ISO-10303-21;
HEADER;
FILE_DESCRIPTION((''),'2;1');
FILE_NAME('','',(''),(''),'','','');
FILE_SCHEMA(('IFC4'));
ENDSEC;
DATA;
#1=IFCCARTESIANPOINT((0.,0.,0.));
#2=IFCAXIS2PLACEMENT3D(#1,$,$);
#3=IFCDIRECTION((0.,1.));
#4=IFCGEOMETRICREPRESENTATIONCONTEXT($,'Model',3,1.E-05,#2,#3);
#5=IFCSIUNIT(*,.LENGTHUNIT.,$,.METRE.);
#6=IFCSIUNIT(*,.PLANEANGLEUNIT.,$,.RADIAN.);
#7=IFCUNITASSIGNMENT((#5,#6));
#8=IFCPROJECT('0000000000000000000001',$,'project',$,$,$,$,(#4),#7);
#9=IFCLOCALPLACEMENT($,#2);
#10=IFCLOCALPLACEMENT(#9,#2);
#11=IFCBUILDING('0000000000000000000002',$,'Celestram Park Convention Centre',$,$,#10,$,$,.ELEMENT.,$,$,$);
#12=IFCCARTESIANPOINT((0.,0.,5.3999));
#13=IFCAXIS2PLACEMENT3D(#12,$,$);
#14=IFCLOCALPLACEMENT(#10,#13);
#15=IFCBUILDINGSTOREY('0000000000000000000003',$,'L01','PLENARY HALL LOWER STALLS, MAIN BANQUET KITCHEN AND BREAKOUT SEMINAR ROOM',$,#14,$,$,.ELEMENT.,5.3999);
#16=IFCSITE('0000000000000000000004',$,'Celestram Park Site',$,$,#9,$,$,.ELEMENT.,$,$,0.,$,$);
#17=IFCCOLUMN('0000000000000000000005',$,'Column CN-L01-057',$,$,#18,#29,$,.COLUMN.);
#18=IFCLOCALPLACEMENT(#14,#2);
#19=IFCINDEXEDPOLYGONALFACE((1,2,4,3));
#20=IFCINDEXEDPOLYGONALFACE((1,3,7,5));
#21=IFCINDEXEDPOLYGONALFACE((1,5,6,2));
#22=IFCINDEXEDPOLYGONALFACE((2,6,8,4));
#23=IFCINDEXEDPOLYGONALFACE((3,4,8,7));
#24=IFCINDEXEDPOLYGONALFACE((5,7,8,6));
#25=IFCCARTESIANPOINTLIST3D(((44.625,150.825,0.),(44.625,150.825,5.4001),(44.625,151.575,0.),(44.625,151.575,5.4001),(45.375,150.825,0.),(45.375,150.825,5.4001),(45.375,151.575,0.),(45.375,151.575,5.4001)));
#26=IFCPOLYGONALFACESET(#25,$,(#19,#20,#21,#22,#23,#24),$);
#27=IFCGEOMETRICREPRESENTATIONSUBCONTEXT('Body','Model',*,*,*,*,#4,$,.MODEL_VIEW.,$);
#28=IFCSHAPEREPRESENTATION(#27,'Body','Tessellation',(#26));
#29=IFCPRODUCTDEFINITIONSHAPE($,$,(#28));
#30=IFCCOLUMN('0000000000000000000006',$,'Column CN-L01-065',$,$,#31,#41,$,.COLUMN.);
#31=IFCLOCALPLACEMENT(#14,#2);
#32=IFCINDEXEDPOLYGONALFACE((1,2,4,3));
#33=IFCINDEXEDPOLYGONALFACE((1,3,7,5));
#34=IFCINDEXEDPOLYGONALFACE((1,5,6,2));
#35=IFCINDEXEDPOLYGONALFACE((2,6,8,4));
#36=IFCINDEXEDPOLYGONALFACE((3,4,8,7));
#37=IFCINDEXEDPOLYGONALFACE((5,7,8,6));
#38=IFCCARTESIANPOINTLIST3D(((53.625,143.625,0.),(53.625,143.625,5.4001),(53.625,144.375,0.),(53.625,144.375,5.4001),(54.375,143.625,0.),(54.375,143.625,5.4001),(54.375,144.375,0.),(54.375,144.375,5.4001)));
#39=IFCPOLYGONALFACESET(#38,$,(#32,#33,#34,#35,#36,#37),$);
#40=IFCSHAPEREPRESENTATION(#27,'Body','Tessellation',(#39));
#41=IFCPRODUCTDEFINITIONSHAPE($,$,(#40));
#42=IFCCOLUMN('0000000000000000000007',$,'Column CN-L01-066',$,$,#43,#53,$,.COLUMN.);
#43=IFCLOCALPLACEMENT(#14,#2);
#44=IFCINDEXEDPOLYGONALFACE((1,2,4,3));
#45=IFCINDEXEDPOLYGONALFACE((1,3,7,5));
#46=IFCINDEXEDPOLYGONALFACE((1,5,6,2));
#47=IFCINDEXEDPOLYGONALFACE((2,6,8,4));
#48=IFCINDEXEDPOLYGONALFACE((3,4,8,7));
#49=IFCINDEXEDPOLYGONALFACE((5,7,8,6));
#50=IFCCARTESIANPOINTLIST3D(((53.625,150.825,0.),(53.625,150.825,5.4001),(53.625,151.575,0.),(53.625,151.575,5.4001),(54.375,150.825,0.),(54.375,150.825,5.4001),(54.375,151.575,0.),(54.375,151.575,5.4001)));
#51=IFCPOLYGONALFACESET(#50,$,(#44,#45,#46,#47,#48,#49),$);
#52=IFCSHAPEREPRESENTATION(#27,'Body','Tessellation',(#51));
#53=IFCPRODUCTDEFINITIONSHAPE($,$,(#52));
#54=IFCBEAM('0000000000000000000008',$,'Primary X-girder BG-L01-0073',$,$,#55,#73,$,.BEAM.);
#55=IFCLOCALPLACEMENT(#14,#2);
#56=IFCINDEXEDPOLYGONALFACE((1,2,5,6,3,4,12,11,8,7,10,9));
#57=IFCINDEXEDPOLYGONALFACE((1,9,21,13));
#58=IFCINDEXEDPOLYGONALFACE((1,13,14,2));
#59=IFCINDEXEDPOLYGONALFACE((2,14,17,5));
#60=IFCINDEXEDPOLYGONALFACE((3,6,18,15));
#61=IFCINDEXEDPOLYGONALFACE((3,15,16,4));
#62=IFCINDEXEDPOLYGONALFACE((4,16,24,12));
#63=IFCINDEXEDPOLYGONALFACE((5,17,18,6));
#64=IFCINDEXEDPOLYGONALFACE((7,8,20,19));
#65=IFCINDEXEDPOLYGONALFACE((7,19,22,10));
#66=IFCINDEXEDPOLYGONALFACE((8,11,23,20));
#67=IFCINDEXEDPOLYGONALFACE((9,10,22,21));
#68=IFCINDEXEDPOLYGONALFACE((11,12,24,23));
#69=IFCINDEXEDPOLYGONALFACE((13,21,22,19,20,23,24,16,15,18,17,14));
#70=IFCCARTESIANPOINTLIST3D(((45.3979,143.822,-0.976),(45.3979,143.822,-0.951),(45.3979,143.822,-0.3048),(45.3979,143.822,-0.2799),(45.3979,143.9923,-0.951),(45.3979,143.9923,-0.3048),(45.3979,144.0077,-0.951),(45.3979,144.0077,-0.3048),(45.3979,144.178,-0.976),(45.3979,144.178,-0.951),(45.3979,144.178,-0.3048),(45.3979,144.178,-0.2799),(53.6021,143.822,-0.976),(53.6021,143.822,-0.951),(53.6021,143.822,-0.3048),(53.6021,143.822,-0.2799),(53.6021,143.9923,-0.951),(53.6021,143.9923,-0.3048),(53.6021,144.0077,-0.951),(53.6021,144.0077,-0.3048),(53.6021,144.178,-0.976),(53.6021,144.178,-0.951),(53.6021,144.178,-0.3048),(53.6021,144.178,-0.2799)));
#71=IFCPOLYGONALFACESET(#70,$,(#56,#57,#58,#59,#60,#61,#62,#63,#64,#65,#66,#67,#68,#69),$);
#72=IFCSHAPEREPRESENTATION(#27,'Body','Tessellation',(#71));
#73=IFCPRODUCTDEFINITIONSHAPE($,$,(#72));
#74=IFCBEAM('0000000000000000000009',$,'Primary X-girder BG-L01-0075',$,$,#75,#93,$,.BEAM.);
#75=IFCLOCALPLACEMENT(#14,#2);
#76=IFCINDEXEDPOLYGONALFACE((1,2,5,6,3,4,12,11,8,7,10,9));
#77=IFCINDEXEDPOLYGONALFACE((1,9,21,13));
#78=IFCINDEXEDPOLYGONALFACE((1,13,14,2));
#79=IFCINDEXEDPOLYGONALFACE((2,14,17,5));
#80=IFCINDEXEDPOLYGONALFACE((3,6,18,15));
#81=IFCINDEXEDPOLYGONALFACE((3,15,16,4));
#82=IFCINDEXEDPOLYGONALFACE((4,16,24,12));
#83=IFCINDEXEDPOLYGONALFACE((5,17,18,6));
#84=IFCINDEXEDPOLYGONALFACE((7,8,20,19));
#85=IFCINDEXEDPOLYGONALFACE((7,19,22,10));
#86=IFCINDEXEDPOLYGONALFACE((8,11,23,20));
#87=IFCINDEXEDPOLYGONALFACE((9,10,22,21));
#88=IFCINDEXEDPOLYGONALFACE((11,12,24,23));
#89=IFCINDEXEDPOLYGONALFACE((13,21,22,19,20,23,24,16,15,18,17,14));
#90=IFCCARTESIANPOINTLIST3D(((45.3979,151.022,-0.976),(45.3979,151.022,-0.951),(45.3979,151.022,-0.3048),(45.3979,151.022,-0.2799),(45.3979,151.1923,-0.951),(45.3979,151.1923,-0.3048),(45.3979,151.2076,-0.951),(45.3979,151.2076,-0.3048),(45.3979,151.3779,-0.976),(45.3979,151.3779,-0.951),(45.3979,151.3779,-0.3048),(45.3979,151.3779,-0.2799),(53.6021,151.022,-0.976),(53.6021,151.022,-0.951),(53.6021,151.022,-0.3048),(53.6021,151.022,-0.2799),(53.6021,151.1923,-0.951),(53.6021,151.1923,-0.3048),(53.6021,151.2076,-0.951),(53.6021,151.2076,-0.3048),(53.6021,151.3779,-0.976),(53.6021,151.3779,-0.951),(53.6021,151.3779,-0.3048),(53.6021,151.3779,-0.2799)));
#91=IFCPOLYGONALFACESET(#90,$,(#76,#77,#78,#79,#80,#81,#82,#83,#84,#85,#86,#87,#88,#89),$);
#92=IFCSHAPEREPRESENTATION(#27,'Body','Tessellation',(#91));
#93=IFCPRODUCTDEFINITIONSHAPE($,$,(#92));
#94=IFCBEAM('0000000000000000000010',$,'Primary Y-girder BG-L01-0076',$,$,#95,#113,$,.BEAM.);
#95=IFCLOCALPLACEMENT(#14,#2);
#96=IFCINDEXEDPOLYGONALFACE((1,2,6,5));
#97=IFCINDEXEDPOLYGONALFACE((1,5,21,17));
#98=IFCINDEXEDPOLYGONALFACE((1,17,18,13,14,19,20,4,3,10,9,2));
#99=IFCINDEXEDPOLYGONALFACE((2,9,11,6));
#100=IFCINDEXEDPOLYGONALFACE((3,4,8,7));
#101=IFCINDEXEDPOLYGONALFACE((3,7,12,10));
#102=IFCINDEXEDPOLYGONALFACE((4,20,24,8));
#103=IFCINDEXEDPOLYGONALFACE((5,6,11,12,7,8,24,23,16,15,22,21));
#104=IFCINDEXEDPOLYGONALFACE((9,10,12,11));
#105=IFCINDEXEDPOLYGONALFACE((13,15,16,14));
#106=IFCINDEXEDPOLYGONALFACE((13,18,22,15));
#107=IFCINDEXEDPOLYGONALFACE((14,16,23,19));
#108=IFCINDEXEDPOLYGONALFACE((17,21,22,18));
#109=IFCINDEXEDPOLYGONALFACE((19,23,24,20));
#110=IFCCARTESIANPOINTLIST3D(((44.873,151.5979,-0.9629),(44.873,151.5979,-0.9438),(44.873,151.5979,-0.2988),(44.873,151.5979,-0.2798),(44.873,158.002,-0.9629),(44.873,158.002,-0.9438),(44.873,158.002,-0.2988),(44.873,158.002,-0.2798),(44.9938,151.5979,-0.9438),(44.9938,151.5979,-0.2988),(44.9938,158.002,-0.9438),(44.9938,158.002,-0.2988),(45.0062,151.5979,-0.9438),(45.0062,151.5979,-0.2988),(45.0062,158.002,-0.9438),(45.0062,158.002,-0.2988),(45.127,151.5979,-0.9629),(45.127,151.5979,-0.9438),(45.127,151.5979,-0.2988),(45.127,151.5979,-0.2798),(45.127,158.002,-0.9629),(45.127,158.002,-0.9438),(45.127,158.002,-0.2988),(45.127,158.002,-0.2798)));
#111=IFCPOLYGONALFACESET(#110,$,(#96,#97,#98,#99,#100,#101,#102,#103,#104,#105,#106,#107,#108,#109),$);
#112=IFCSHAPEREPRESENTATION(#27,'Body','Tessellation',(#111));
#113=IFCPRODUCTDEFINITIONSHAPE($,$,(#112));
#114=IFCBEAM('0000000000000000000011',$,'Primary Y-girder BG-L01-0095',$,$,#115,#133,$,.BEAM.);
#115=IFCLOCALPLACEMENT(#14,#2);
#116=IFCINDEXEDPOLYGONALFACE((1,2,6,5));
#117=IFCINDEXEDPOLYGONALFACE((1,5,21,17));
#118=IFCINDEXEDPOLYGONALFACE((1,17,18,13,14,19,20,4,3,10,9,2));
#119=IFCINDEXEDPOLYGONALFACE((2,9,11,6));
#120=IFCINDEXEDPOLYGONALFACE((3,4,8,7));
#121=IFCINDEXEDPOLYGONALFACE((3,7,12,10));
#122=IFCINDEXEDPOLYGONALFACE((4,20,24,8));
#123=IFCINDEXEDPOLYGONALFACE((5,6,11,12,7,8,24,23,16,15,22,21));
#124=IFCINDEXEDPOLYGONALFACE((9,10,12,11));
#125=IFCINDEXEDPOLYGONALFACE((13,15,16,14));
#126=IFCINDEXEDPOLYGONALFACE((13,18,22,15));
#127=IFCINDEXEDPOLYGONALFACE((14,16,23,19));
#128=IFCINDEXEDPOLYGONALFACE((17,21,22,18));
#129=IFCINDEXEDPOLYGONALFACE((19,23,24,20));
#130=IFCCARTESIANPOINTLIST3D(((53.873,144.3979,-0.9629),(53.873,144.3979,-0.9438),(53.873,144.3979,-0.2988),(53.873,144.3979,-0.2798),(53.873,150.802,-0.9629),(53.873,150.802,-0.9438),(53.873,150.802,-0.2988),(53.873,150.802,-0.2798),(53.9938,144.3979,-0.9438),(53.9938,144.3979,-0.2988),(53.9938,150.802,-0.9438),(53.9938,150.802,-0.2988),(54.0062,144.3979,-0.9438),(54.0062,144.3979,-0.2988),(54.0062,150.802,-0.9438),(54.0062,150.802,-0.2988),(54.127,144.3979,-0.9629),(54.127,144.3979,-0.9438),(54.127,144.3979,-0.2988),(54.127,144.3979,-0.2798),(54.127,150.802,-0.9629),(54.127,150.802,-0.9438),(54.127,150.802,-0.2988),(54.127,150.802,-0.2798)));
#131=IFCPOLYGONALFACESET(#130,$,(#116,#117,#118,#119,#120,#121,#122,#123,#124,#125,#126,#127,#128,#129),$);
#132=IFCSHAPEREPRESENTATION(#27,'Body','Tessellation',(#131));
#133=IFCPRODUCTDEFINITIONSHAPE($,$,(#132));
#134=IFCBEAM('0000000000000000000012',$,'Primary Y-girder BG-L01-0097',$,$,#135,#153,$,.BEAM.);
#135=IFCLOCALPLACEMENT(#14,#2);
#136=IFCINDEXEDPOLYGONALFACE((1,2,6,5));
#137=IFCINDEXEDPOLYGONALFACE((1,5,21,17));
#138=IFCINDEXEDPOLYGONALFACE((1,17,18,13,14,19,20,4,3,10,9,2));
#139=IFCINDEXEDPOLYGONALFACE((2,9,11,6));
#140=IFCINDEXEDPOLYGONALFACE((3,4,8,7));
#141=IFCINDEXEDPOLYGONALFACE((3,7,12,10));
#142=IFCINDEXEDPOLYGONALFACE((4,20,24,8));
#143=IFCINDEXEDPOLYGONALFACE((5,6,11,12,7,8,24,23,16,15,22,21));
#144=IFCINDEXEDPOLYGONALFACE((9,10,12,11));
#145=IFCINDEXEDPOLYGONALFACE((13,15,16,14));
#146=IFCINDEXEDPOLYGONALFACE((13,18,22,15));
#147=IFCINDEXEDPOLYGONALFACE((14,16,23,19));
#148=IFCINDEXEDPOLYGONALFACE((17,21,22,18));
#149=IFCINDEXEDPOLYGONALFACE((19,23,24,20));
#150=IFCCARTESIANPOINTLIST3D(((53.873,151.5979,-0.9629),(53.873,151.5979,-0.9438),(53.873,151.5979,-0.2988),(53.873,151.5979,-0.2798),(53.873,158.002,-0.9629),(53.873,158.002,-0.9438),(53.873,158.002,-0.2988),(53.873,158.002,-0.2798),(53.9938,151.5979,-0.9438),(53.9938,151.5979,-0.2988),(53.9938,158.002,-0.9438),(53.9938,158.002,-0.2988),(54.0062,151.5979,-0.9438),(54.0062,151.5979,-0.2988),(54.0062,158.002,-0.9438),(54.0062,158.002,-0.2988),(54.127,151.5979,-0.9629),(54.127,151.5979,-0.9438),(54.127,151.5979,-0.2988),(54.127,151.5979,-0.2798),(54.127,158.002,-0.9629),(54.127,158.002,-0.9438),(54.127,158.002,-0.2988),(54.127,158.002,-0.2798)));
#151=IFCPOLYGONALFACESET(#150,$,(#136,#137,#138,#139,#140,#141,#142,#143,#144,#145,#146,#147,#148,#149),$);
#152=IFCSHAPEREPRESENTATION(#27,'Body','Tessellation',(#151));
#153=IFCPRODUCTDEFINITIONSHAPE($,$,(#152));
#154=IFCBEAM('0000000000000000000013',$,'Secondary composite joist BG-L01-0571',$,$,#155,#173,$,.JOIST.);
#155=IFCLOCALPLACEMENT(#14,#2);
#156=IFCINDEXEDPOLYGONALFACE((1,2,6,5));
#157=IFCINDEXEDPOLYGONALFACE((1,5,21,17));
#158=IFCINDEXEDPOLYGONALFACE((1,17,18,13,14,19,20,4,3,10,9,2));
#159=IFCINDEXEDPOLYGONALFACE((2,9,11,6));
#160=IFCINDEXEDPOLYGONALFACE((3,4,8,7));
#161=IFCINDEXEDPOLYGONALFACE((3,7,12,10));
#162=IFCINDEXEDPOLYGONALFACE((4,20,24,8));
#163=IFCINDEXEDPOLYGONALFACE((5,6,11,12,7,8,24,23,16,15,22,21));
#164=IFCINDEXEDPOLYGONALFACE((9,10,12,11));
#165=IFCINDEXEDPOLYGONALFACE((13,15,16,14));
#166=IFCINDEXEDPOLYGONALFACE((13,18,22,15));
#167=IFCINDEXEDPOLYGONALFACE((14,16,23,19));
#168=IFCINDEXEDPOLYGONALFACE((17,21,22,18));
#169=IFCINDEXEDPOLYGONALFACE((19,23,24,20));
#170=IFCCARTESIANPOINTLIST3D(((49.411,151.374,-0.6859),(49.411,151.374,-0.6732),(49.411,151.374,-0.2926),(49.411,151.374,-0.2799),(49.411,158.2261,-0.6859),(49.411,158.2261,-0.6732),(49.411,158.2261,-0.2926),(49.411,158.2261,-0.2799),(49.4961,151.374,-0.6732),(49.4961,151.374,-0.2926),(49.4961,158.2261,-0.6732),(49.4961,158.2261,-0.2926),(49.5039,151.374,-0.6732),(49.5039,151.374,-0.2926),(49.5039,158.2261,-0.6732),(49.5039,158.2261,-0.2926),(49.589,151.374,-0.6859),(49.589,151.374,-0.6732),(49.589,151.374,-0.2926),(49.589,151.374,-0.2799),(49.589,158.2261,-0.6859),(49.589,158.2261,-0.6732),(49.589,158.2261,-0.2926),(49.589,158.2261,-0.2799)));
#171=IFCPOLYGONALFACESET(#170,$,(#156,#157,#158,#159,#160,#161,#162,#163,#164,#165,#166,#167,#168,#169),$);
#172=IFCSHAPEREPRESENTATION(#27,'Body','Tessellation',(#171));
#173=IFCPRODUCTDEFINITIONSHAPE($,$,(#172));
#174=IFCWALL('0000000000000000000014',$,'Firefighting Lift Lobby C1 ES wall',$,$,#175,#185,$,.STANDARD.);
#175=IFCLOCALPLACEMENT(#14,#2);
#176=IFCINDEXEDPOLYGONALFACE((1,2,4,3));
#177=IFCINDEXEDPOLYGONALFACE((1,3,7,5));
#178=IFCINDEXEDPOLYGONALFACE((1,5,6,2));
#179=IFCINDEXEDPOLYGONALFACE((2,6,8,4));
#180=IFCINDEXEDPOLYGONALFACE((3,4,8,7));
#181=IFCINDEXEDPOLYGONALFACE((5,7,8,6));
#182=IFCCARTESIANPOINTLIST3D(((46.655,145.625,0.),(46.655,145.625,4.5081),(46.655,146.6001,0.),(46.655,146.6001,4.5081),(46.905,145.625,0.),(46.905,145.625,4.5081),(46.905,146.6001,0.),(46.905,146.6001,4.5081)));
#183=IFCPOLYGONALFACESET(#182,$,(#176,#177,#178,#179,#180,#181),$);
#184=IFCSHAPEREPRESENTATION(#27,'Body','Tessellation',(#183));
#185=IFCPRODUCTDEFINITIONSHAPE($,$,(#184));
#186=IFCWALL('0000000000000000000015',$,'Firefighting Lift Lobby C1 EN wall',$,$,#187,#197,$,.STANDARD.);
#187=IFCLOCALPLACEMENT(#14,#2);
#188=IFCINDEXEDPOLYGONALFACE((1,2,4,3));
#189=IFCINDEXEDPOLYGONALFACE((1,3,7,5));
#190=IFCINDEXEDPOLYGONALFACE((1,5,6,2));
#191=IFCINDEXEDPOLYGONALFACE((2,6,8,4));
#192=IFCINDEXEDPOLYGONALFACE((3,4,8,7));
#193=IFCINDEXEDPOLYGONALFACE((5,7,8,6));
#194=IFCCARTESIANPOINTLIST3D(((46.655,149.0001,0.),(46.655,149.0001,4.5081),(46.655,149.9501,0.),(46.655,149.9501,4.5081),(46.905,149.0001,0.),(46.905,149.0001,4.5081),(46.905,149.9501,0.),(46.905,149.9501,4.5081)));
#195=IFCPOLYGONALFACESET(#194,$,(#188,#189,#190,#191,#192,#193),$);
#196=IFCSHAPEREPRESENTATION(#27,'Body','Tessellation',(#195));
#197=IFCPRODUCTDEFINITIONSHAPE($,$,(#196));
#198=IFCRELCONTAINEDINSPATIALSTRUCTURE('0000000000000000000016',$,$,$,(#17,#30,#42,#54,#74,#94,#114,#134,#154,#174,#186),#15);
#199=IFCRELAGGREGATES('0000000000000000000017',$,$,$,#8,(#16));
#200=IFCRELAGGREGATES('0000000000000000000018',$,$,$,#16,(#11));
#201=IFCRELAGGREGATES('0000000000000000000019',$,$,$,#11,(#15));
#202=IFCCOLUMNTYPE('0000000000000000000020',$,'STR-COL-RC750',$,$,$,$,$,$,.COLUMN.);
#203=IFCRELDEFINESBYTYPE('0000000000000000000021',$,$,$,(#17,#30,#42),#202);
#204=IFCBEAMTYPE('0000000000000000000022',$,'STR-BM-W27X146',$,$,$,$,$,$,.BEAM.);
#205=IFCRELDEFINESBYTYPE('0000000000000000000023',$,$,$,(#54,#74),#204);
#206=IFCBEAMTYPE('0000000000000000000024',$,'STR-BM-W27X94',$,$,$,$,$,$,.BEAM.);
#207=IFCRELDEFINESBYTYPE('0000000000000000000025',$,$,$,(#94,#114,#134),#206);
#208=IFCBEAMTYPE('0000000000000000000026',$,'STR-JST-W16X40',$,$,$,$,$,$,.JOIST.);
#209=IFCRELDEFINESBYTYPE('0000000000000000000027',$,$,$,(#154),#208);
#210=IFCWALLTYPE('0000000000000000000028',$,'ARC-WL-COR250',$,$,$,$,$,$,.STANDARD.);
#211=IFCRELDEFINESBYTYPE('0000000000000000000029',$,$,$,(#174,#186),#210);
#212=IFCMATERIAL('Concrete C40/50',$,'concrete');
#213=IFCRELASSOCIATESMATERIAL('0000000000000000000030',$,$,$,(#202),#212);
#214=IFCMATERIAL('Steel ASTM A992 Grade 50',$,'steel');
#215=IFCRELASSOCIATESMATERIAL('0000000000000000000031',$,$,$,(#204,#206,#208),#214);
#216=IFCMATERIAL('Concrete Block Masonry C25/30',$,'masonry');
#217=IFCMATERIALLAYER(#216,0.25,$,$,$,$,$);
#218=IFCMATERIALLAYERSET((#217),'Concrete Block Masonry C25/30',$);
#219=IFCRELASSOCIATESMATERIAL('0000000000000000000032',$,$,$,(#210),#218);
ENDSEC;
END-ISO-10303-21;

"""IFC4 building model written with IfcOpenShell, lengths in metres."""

from ifc_helpers import new_model, si_unit, direction, frame, frame_2d, origin, origin_2d, place, context, subcontext, project, spatial, rectangle, i_section, extrude, material, layer, layer_set, material_profile, profile_set, type_object, element, save


model = new_model("IFC4")

# Units and contexts
model_context = context("Model", 3, precision=1e-05, world=origin(), true_north=direction((0.0, 1.0)))
body_context = subcontext(model_context, "Body", "Model", "MODEL_VIEW")
ifc_project = project(units=[si_unit("LENGTHUNIT", "METRE"), si_unit("PLANEANGLEUNIT", "RADIAN")], contexts=[model_context])

# Site, building, storey
site_placement = place(None, origin())
site = spatial("IfcSite", under=ifc_project, at=site_placement, Name="Celestram Park Site", CompositionType="ELEMENT", RefElevation=0.0)
building_placement = place(site_placement, origin())
building = spatial("IfcBuilding", under=site, at=building_placement, Name="Celestram Park Convention Centre", CompositionType="ELEMENT")
storey_placement = place(building_placement, frame((0.0, 0.0, 5.3999)))
storey = spatial("IfcBuildingStorey", under=building, at=storey_placement, Name="L01", Description="PLENARY HALL LOWER STALLS, MAIN BANQUET KITCHEN AND BREAKOUT SEMINAR ROOM", CompositionType="ELEMENT", Elevation=5.3999)

# Columns
ifc_material_1 = material(Name="Concrete C40/50", Category="concrete")
ifc_material_profile_1 = material_profile(ifc_material_1, rectangle(XDim=0.75, YDim=0.75, at=origin_2d()), Name="RC750X750")
ifc_profile_set_1 = profile_set([ifc_material_profile_1], Name="Concrete C40/50")
column_type = type_object("IfcColumnType", Name="STR-COL-RC750", PredefinedType="COLUMN", material=ifc_profile_set_1)
for number, where, z_axis, x_axis, name in (
    (1, (45.0, 151.2, 0.0), (0.0, 0.0, 1.0), (1.0, 0.0, 0.0), "Column CN-L01-057"),
    (2, (54.0, 144.0, 0.0), (0.0, 0.0, 1.0), (1.0, 0.0, 0.0), "Column CN-L01-065"),
    (3, (54.0, 151.2, 0.0), (0.0, 0.0, 1.0), (1.0, 0.0, 0.0), "Column CN-L01-066"),
):
    element("IfcColumn", number, at=place(storey_placement, frame(where, z_axis=z_axis, x_axis=x_axis)), inside=storey, type_object=column_type, Name=name, PredefinedType="COLUMN", context=body_context, shape_type="SweptSolid", body=[
        extrude(rectangle(XDim=0.75, YDim=0.75, at=origin_2d()), origin(), (0.0, 0.0, 1.0), 5.4001),
    ])

# Beams
ifc_material_2 = material(Name="Steel ASTM A992 Grade 50", Category="steel")
ifc_material_profile_2 = material_profile(ifc_material_2, i_section(OverallWidth=0.356, OverallDepth=0.696, WebThickness=0.0154, FlangeThickness=0.0249, at=origin_2d()), Name="W27X146")
ifc_profile_set_2 = profile_set([ifc_material_profile_2], Name="Steel ASTM A992 Grade 50")
beam_type_1 = type_object("IfcBeamType", Name="STR-BM-W27X146", PredefinedType="BEAM", material=ifc_profile_set_2)
for number, where, z_axis, x_axis, name in (
    (4, (45.3979, 144.0, -0.6279), (1.0, 0.0, 0.0), (0.0, 1.0, 0.0), "Primary X-girder BG-L01-0073"),
    (5, (45.3979, 151.2, -0.6279), (1.0, 0.0, 0.0), (0.0, 1.0, 0.0), "Primary X-girder BG-L01-0075"),
):
    element("IfcBeam", number, at=place(storey_placement, frame(where, z_axis=z_axis, x_axis=x_axis)), inside=storey, type_object=beam_type_1, Name=name, PredefinedType="BEAM", context=body_context, shape_type="SweptSolid", body=[
        extrude(i_section(OverallWidth=0.356, OverallDepth=0.696, WebThickness=0.0154, FlangeThickness=0.0249, at=origin_2d()), origin(), (0.0, 0.0, 1.0), 8.2041),
    ])
ifc_material_profile_3 = material_profile(ifc_material_2, i_section(OverallWidth=0.2539, OverallDepth=0.6831, WebThickness=0.0125, FlangeThickness=0.019, at=origin_2d()), Name="W27X94")
ifc_profile_set_3 = profile_set([ifc_material_profile_3], Name="Steel ASTM A992 Grade 50")
beam_type_2 = type_object("IfcBeamType", Name="STR-BM-W27X94", PredefinedType="BEAM", material=ifc_profile_set_3)
for number, where, z_axis, x_axis, name in (
    (6, (45.0, 151.5979, -0.6213), (0.0, 1.0, 0.0), (-1.0, 0.0, 0.0), "Primary Y-girder BG-L01-0076"),
    (7, (54.0, 144.3979, -0.6213), (0.0, 1.0, 0.0), (-1.0, 0.0, 0.0), "Primary Y-girder BG-L01-0095"),
    (8, (54.0, 151.5979, -0.6213), (0.0, 1.0, 0.0), (-1.0, 0.0, 0.0), "Primary Y-girder BG-L01-0097"),
):
    element("IfcBeam", number, at=place(storey_placement, frame(where, z_axis=z_axis, x_axis=x_axis)), inside=storey, type_object=beam_type_2, Name=name, PredefinedType="BEAM", context=body_context, shape_type="SweptSolid", body=[
        extrude(i_section(OverallWidth=0.2539, OverallDepth=0.6831, WebThickness=0.0125, FlangeThickness=0.019, at=origin_2d()), origin(), (0.0, 0.0, 1.0), 6.4041),
    ])
ifc_material_profile_4 = material_profile(ifc_material_2, i_section(OverallWidth=0.178, OverallDepth=0.406, WebThickness=0.0078, FlangeThickness=0.0127, at=origin_2d()), Name="W16X40")
ifc_profile_set_4 = profile_set([ifc_material_profile_4], Name="Steel ASTM A992 Grade 50")
beam_type_3 = type_object("IfcBeamType", Name="STR-JST-W16X40", PredefinedType="JOIST", material=ifc_profile_set_4)
beam_placement = place(storey_placement, frame((49.5, 151.374, -0.4829), z_axis=(0.0, 1.0, 0.0), x_axis=(-1.0, 0.0, 0.0)))
element("IfcBeam", 9, at=beam_placement, inside=storey, type_object=beam_type_3, Name="Secondary composite joist BG-L01-0571", PredefinedType="JOIST", context=body_context, shape_type="SweptSolid", body=[
    extrude(i_section(OverallWidth=0.178, OverallDepth=0.406, WebThickness=0.0078, FlangeThickness=0.0127, at=origin_2d()), origin(), (0.0, 0.0, 1.0), 6.8521),
])

# Walls
ifc_material_3 = material(Name="Concrete Block Masonry C25/30", Category="masonry")
ifc_layer_1 = layer(ifc_material_3, 0.25)
ifc_layer_set_1 = layer_set([ifc_layer_1], Name="Concrete Block Masonry C25/30")
wall_type_1 = type_object("IfcWallType", Name="ARC-WL-COR250", PredefinedType="STANDARD", material=ifc_layer_set_1)
wall_1_placement = place(storey_placement, frame((46.78, 145.625, 0.0), z_axis=(0.0, 0.0, 1.0), x_axis=(0.0, 1.0, 0.0)))
element("IfcWall", 10, at=wall_1_placement, inside=storey, type_object=wall_type_1, Name="Firefighting Lift Lobby C1 ES wall", PredefinedType="STANDARD", context=body_context, shape_type="SweptSolid", body=[
    extrude(rectangle(XDim=0.9751, YDim=0.25, at=frame_2d((0.4875, 0.0))), origin(), (0.0, 0.0, 1.0), 4.5081),
])
wall_2_placement = place(storey_placement, frame((46.78, 149.0, 0.0), z_axis=(0.0, 0.0, 1.0), x_axis=(0.0, 1.0, 0.0)))
element("IfcWall", 11, at=wall_2_placement, inside=storey, type_object=wall_type_1, Name="Firefighting Lift Lobby C1 EN wall", PredefinedType="STANDARD", context=body_context, shape_type="SweptSolid", body=[
    extrude(rectangle(XDim=0.95, YDim=0.25, at=frame_2d((0.4751, 0.0))), origin(), (0.0, 0.0, 1.0), 4.5081),
])

save(model, "model.ifc")
